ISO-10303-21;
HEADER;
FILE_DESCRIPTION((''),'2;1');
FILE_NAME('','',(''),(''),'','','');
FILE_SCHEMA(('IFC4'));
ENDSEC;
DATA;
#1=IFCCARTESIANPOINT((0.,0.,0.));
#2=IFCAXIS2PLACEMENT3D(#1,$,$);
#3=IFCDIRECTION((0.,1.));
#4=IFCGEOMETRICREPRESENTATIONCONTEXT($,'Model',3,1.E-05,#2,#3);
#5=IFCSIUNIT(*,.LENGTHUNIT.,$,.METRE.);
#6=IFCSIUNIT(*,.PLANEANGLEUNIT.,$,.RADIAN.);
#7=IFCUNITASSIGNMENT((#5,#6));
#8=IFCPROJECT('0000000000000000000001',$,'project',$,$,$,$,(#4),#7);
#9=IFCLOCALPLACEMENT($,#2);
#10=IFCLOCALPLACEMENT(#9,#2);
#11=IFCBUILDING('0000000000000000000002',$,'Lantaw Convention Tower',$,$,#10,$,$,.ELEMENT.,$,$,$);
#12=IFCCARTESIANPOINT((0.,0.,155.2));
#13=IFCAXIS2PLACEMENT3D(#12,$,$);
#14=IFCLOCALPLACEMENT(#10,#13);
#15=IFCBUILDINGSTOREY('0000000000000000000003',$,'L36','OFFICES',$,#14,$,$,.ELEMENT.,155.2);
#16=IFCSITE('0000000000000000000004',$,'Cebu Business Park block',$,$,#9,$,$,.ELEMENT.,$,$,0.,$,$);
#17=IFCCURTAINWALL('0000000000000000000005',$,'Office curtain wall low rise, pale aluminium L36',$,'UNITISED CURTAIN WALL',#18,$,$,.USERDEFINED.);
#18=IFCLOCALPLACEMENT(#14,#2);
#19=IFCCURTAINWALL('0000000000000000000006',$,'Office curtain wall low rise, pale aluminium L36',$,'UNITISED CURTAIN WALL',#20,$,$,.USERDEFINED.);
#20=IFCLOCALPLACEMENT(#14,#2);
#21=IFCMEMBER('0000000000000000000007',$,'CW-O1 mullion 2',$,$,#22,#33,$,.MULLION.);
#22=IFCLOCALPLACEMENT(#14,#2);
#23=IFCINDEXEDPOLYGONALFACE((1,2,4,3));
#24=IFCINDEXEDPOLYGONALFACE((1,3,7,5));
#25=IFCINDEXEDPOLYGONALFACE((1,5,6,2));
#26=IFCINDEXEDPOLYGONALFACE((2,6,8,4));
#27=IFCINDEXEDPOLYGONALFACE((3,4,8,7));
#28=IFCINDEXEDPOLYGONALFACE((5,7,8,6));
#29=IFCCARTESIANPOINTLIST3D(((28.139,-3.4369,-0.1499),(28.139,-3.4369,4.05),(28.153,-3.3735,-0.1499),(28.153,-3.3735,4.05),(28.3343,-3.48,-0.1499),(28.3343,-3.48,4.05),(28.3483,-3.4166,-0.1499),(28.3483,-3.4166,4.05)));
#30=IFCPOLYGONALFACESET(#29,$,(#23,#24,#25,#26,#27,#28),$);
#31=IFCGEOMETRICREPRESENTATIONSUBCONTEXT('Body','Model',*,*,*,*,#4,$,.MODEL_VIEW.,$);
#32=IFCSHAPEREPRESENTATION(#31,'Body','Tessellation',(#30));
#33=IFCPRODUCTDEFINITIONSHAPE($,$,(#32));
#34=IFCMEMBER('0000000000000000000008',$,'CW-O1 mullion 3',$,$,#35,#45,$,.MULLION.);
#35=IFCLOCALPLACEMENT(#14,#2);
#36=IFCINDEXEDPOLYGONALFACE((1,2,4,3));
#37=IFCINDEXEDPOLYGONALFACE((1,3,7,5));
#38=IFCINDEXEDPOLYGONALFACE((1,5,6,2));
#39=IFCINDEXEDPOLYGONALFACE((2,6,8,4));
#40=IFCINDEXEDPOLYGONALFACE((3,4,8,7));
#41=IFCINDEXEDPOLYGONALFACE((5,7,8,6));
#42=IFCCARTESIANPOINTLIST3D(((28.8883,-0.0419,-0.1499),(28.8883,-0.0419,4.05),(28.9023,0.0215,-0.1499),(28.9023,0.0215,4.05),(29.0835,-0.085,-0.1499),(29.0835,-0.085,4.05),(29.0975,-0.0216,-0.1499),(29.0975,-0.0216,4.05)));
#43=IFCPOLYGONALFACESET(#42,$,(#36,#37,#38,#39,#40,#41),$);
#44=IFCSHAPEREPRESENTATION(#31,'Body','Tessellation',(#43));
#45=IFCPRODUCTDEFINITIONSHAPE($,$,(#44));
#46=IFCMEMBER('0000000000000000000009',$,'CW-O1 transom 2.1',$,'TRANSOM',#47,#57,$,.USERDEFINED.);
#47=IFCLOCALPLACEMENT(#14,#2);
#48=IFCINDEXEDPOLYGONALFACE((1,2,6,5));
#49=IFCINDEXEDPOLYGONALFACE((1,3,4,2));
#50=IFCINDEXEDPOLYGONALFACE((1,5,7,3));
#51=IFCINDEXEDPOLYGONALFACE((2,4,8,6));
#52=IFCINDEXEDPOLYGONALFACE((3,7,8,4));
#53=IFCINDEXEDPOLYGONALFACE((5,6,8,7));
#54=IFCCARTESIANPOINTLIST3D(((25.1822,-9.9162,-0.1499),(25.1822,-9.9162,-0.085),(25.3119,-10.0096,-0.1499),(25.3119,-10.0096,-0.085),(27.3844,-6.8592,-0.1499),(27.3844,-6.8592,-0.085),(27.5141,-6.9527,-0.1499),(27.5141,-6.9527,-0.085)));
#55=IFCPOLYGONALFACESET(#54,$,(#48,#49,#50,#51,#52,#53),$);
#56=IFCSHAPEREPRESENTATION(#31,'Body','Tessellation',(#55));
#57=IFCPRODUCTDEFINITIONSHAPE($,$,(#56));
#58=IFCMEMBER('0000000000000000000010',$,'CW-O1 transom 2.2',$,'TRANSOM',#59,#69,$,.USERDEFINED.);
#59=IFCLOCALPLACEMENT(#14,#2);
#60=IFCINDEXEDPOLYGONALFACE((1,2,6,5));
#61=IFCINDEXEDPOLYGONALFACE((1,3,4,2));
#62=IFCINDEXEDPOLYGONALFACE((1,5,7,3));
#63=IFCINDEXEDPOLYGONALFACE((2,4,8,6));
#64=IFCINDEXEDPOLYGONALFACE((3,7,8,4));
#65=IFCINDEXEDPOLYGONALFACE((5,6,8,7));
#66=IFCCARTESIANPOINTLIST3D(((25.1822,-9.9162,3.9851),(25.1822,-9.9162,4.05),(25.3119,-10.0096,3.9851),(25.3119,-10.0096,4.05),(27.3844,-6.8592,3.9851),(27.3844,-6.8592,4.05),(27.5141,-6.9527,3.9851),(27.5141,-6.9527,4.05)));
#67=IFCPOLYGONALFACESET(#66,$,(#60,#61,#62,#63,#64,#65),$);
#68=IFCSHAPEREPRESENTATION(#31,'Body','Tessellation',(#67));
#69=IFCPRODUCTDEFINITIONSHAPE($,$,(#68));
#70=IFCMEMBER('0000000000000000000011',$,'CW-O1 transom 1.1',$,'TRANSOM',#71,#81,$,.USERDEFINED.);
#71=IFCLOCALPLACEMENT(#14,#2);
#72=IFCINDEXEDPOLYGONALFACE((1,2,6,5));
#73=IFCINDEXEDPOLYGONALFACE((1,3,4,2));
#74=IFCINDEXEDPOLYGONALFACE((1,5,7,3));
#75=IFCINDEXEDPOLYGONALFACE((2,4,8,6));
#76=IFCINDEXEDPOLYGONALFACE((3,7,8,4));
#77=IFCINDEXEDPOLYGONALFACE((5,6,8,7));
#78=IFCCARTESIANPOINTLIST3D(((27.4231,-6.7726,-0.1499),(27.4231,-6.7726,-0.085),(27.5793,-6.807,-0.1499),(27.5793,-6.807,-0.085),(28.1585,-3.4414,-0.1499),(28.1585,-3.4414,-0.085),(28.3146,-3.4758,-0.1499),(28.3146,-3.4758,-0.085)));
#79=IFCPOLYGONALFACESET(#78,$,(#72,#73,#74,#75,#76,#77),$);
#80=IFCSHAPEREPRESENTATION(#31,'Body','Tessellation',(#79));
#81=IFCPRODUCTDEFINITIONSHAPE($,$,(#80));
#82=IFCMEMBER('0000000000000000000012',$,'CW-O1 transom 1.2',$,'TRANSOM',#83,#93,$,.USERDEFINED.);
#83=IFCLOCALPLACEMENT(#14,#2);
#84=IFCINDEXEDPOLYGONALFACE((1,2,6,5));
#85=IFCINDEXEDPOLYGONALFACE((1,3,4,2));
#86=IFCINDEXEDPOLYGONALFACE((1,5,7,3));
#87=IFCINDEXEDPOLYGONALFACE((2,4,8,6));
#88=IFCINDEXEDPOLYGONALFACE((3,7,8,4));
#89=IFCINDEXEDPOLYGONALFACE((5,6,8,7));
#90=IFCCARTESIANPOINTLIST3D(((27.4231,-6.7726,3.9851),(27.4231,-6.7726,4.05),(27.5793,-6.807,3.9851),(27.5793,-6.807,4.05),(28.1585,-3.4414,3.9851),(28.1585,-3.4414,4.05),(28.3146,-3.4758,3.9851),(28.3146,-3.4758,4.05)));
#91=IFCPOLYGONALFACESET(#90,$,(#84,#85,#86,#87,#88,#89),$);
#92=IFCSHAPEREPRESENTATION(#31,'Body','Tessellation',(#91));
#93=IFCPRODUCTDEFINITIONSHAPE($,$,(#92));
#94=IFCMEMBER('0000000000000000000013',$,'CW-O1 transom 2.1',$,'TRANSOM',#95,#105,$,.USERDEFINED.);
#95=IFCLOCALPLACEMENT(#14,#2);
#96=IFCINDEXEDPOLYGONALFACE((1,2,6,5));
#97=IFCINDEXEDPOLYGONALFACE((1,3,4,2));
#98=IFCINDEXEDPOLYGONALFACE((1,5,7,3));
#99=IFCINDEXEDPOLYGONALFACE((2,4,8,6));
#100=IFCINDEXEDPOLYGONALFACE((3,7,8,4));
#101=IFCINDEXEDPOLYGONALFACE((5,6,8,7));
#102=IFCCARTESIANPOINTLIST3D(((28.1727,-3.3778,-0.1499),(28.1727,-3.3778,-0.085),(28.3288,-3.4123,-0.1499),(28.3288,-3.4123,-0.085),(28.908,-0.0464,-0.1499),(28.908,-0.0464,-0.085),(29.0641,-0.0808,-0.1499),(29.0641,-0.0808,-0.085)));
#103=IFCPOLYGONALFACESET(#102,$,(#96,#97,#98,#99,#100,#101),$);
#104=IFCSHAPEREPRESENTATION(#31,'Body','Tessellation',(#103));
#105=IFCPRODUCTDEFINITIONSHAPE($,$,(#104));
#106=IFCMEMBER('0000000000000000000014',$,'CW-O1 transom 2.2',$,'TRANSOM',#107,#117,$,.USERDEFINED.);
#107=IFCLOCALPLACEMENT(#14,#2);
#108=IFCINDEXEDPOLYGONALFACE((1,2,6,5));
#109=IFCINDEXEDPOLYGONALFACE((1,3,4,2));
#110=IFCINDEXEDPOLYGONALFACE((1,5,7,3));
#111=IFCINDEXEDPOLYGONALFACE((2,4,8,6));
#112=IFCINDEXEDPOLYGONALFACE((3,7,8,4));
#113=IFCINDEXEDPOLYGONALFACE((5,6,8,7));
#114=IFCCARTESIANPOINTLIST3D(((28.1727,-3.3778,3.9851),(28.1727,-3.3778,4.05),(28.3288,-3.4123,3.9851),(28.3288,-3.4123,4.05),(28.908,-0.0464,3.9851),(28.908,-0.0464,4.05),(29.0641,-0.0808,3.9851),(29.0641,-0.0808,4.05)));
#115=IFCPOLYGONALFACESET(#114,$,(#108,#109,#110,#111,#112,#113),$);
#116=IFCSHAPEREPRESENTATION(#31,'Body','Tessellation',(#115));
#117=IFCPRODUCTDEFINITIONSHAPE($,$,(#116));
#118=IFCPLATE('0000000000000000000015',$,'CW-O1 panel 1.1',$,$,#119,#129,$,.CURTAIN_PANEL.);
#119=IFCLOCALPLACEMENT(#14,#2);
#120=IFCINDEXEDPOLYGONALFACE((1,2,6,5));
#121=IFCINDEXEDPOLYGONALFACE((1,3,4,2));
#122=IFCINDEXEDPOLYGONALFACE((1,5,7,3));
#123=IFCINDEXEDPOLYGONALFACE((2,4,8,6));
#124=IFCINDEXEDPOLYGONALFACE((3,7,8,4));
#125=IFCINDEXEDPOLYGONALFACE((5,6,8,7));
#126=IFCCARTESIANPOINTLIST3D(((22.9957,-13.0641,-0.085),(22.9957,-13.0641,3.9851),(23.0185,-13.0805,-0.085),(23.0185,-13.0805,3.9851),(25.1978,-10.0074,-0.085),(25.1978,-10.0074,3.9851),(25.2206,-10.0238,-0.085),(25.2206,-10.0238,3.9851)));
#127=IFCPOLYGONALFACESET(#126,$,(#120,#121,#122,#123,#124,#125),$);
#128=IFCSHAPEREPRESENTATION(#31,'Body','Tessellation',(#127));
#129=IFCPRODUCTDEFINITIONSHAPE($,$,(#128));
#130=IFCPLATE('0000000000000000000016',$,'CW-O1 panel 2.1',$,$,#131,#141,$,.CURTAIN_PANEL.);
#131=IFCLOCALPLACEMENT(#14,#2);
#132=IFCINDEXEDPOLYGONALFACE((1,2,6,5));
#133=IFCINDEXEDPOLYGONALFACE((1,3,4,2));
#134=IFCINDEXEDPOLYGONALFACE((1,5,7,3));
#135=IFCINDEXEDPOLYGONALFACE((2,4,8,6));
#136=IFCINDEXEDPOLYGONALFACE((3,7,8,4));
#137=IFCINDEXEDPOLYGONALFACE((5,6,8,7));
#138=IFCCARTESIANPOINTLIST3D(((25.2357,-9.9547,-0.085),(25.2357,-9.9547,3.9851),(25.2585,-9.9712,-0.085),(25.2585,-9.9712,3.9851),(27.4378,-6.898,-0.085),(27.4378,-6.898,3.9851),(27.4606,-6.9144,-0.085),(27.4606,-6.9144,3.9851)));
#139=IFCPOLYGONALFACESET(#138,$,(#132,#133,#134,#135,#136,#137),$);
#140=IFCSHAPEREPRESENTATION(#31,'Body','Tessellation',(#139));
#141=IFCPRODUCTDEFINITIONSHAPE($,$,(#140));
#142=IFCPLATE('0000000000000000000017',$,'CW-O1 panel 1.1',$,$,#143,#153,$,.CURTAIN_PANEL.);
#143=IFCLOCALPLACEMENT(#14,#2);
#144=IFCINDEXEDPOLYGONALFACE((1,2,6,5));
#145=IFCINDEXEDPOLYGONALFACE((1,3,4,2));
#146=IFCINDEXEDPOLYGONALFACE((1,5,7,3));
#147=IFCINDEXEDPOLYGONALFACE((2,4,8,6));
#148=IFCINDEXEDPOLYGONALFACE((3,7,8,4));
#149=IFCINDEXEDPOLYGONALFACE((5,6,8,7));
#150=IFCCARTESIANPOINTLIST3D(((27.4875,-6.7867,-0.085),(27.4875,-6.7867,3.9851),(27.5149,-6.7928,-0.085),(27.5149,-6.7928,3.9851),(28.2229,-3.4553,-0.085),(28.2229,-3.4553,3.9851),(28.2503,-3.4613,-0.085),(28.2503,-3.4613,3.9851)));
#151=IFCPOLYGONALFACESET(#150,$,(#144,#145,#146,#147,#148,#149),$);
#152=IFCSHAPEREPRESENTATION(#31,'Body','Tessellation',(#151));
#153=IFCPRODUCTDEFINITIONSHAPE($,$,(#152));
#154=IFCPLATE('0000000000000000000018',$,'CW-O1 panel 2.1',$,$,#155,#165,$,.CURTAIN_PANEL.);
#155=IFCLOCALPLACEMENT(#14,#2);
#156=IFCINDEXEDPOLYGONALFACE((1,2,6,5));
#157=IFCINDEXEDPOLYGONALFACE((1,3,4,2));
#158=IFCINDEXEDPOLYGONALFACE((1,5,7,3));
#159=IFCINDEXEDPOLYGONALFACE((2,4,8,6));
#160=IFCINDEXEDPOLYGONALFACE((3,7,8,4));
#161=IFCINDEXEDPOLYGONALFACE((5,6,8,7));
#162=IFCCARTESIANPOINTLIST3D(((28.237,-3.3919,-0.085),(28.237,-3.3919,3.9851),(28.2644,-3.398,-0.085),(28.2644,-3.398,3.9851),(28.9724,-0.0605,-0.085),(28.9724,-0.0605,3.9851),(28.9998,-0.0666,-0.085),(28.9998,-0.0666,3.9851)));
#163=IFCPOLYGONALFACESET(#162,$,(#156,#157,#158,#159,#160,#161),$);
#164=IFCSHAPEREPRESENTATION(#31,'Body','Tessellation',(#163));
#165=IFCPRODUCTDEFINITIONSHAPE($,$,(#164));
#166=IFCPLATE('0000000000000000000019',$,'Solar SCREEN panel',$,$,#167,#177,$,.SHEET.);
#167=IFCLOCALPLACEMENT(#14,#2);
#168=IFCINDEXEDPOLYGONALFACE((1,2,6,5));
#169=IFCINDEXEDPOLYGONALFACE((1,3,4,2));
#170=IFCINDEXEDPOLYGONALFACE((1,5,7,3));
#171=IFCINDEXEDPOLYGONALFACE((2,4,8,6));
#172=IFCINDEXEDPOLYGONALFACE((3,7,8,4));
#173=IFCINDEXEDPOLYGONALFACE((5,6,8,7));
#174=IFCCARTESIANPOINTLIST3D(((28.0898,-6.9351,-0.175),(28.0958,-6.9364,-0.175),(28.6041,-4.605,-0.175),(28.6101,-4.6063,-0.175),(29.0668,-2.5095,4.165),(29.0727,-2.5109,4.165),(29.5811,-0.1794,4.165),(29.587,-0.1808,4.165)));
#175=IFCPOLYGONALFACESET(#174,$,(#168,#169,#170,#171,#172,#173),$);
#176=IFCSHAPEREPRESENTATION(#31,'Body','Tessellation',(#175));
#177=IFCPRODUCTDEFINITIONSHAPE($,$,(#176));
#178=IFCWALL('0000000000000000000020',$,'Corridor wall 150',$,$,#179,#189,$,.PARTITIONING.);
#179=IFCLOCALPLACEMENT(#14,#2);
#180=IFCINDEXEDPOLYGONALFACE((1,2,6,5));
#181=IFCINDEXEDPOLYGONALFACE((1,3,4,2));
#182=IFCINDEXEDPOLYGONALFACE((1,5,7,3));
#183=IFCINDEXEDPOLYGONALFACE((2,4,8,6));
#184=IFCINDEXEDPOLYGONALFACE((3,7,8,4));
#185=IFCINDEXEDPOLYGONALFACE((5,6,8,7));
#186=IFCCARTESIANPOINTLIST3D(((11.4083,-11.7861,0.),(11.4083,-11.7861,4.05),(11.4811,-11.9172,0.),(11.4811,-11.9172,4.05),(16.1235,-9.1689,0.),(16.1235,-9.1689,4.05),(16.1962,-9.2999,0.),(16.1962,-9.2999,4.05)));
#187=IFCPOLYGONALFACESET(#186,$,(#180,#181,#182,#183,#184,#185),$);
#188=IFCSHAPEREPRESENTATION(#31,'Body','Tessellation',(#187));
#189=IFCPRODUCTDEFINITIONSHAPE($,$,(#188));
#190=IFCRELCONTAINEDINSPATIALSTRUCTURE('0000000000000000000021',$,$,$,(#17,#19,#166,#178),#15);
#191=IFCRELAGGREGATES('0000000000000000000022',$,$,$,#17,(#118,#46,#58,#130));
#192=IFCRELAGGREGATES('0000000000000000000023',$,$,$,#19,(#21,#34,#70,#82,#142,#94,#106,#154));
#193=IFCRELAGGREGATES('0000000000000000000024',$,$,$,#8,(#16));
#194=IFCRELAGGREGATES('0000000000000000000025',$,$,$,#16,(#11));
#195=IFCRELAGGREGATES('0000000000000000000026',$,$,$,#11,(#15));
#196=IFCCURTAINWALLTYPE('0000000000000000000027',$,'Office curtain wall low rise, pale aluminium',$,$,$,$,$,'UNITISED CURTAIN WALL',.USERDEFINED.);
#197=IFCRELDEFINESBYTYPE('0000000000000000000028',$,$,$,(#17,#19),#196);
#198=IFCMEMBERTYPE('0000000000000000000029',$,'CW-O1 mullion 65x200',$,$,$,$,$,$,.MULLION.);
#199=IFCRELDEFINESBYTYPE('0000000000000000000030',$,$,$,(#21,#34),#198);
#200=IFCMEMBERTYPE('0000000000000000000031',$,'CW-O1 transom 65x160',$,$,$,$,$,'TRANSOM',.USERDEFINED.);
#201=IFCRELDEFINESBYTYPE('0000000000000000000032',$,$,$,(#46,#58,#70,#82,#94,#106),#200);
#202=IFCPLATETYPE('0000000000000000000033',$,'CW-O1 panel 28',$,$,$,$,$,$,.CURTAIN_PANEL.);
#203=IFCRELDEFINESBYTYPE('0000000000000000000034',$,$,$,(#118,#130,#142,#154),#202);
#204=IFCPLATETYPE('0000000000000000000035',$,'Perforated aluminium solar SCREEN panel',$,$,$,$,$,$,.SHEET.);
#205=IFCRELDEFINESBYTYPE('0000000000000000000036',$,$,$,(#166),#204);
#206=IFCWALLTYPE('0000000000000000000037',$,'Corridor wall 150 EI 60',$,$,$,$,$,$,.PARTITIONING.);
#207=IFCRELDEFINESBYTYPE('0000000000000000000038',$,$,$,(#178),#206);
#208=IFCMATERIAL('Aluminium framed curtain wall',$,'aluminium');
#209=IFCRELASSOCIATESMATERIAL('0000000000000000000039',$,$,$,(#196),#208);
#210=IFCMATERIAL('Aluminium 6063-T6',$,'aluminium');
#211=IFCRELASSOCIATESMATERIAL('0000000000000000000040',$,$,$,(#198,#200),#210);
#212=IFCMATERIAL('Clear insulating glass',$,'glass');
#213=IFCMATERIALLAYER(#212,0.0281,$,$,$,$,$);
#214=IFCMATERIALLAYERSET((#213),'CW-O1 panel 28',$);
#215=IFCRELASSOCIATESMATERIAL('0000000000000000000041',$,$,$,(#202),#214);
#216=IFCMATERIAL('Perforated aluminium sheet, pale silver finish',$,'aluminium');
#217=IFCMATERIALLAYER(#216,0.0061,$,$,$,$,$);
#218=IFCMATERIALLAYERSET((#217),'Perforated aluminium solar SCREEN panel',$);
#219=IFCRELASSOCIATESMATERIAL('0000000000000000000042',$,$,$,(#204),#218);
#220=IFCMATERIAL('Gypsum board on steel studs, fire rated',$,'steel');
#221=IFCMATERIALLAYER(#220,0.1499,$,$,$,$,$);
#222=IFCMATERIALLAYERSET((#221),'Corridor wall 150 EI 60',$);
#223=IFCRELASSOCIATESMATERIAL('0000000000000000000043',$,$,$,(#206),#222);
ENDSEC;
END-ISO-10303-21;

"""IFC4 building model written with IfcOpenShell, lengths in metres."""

from ifc_helpers import new_model, si_unit, direction, frame, frame_2d, origin, origin_2d, place, context, subcontext, project, spatial, polyline, rectangle, outline, extrude, material, layer, layer_set, material_profile, profile_set, type_object, element, aggregate, save


model = new_model("IFC4")

# Units and contexts
model_context = context("Model", 3, precision=1e-05, world=origin(), true_north=direction((0.0, 1.0)))
body_context = subcontext(model_context, "Body", "Model", "MODEL_VIEW")
ifc_project = project(units=[si_unit("LENGTHUNIT", "METRE"), si_unit("PLANEANGLEUNIT", "RADIAN")], contexts=[model_context])

# Site, building, storey
site_placement = place(None, origin())
site = spatial("IfcSite", under=ifc_project, at=site_placement, Name="Cebu Business Park block", CompositionType="ELEMENT", RefElevation=0.0)
building_placement = place(site_placement, origin())
building = spatial("IfcBuilding", under=site, at=building_placement, Name="Lantaw Convention Tower", CompositionType="ELEMENT")
storey_placement = place(building_placement, frame((0.0, 0.0, 155.2)))
storey = spatial("IfcBuildingStorey", under=building, at=storey_placement, Name="L36", Description="OFFICES", CompositionType="ELEMENT", Elevation=155.2)

# Curtain walls, members
ifc_material_1 = material(Name="Aluminium framed curtain wall", Category="aluminium")
curtain_wall_type = type_object("IfcCurtainWallType", Name="Office curtain wall low rise, pale aluminium", ElementType="UNITISED CURTAIN WALL", PredefinedType="USERDEFINED", material=ifc_material_1)
curtain_wall_1_placement = place(storey_placement, origin())
curtain_wall_1 = element("IfcCurtainWall", 1, at=curtain_wall_1_placement, inside=storey, type_object=curtain_wall_type, Name="Office curtain wall low rise, pale aluminium L36", ObjectType="UNITISED CURTAIN WALL", PredefinedType="USERDEFINED")
ifc_material_2 = material(Name="Aluminium 6063-T6", Category="aluminium")
ifc_material_profile_1 = material_profile(ifc_material_2, rectangle(XDim=0.2, YDim=0.0649, at=origin_2d()), Name="CW-O1 mullion 65x200")
ifc_profile_set_1 = profile_set([ifc_material_profile_1], Name="Aluminium 6063-T6")
member_type_1 = type_object("IfcMemberType", Name="CW-O1 mullion 65x200", PredefinedType="MULLION", material=ifc_profile_set_1)
curtain_wall_2_placement = place(storey_placement, origin())
curtain_wall_2 = element("IfcCurtainWall", 2, at=curtain_wall_2_placement, inside=storey, type_object=curtain_wall_type, Name="Office curtain wall low rise, pale aluminium L36", ObjectType="UNITISED CURTAIN WALL", PredefinedType="USERDEFINED")
member_1_placement = place(storey_placement, frame((28.2437, -3.4268, -0.1499), z_axis=(0.0, 0.0, 1.0), x_axis=(-0.976494, 0.215546, 0.0)))
member_1 = element("IfcMember", 3, at=member_1_placement, type_object=member_type_1, Name="CW-O1 mullion 2", PredefinedType="MULLION", context=body_context, shape_type="SweptSolid", body=[
    extrude(rectangle(XDim=0.2, YDim=0.0649, at=origin_2d()), origin(), (0.0, 0.0, 1.0), 4.2),
])
member_2_placement = place(storey_placement, frame((28.9929, -0.0317, -0.1499), z_axis=(0.0, 0.0, 1.0), x_axis=(-0.976494, 0.215546, 0.0)))
member_2 = element("IfcMember", 4, at=member_2_placement, type_object=member_type_1, Name="CW-O1 mullion 3", PredefinedType="MULLION", context=body_context, shape_type="SweptSolid", body=[
    extrude(rectangle(XDim=0.2, YDim=0.0649, at=origin_2d()), origin(), (0.0, 0.0, 1.0), 4.2),
])

# Members
ifc_material_profile_2 = material_profile(ifc_material_2, rectangle(XDim=0.1599, YDim=0.0649, at=origin_2d()), Name="CW-O1 transom 65x160")
ifc_profile_set_2 = profile_set([ifc_material_profile_2], Name="Aluminium 6063-T6")
member_type_2 = type_object("IfcMemberType", Name="CW-O1 transom 65x160", ElementType="TRANSOM", PredefinedType="USERDEFINED", material=ifc_profile_set_2)
member_3_placement = place(storey_placement, frame((25.2471, -9.9629, -0.1174), z_axis=(0.584513, 0.811384, 0.0), x_axis=(-0.811384, 0.584513, 0.0)))
member_3 = element("IfcMember", 5, at=member_3_placement, type_object=member_type_2, Name="CW-O1 transom 2.1", ObjectType="TRANSOM", PredefinedType="USERDEFINED", context=body_context, shape_type="SweptSolid", body=[
    extrude(rectangle(XDim=0.1599, YDim=0.0649, at=origin_2d()), origin(), (0.0, 0.0, 1.0), 3.7676),
])
member_4_placement = place(storey_placement, frame((25.2471, -9.9629, 4.0176), z_axis=(0.584513, 0.811384, 0.0), x_axis=(-0.811384, 0.584513, 0.0)))
member_4 = element("IfcMember", 6, at=member_4_placement, type_object=member_type_2, Name="CW-O1 transom 2.2", ObjectType="TRANSOM", PredefinedType="USERDEFINED", context=body_context, shape_type="SweptSolid", body=[
    extrude(rectangle(XDim=0.1599, YDim=0.0649, at=origin_2d()), origin(), (0.0, 0.0, 1.0), 3.7676),
])
member_5_placement = place(storey_placement, frame((27.5012, -6.7898, -0.1174), z_axis=(0.215551, 0.976493, 0.0), x_axis=(-0.976493, 0.215551, 0.0)))
member_5 = element("IfcMember", 7, at=member_5_placement, type_object=member_type_2, Name="CW-O1 transom 1.1", ObjectType="TRANSOM", PredefinedType="USERDEFINED", context=body_context, shape_type="SweptSolid", body=[
    extrude(rectangle(XDim=0.1599, YDim=0.0649, at=origin_2d()), origin(), (0.0, 0.0, 1.0), 3.4114),
])
member_6_placement = place(storey_placement, frame((27.5012, -6.7898, 4.0176), z_axis=(0.215551, 0.976493, 0.0), x_axis=(-0.976493, 0.215551, 0.0)))
member_6 = element("IfcMember", 8, at=member_6_placement, type_object=member_type_2, Name="CW-O1 transom 1.2", ObjectType="TRANSOM", PredefinedType="USERDEFINED", context=body_context, shape_type="SweptSolid", body=[
    extrude(rectangle(XDim=0.1599, YDim=0.0649, at=origin_2d()), origin(), (0.0, 0.0, 1.0), 3.4114),
])
member_7_placement = place(storey_placement, frame((28.2507, -3.395, -0.1174), z_axis=(0.215536, 0.976496, 0.0), x_axis=(-0.976496, 0.215536, 0.0)))
member_7 = element("IfcMember", 9, at=member_7_placement, type_object=member_type_2, Name="CW-O1 transom 2.1", ObjectType="TRANSOM", PredefinedType="USERDEFINED", context=body_context, shape_type="SweptSolid", body=[
    extrude(rectangle(XDim=0.1599, YDim=0.0649, at=origin_2d()), origin(), (0.0, 0.0, 1.0), 3.4116),
])
member_8_placement = place(storey_placement, frame((28.2507, -3.395, 4.0176), z_axis=(0.215536, 0.976496, 0.0), x_axis=(-0.976496, 0.215536, 0.0)))
member_8 = element("IfcMember", 10, at=member_8_placement, type_object=member_type_2, Name="CW-O1 transom 2.2", ObjectType="TRANSOM", PredefinedType="USERDEFINED", context=body_context, shape_type="SweptSolid", body=[
    extrude(rectangle(XDim=0.1599, YDim=0.0649, at=origin_2d()), origin(), (0.0, 0.0, 1.0), 3.4116),
])

# Plates
ifc_material_3 = material(Name="Clear insulating glass", Category="glass")
ifc_layer_1 = layer(ifc_material_3, 0.0281)
ifc_layer_set_1 = layer_set([ifc_layer_1], Name="CW-O1 panel 28")
plate_type_1 = type_object("IfcPlateType", Name="CW-O1 panel 28", PredefinedType="CURTAIN_PANEL", material=ifc_layer_set_1)
plate_1_placement = place(storey_placement, frame((24.1082, -11.5439, -0.085), z_axis=(0.0, 0.0, 1.0), x_axis=(0.584513, 0.811385, 0.0)))
plate_1 = element("IfcPlate", 11, at=plate_1_placement, type_object=plate_type_1, Name="CW-O1 panel 1.1", PredefinedType="CURTAIN_PANEL", context=body_context, shape_type="SweptSolid", body=[
    extrude(rectangle(XDim=3.7673, YDim=0.0281, at=origin_2d()), origin(), (0.0, 0.0, 1.0), 4.0701),
])
plate_2_placement = place(storey_placement, frame((26.3481, -8.4346, -0.085), z_axis=(0.0, 0.0, 1.0), x_axis=(0.584513, 0.811385, 0.0)))
plate_2 = element("IfcPlate", 12, at=plate_2_placement, type_object=plate_type_1, Name="CW-O1 panel 2.1", PredefinedType="CURTAIN_PANEL", context=body_context, shape_type="SweptSolid", body=[
    extrude(rectangle(XDim=3.7673, YDim=0.0281, at=origin_2d()), origin(), (0.0, 0.0, 1.0), 4.0701),
])
aggregate(curtain_wall_1, [plate_1, member_3, member_4, plate_2])
plate_3_placement = place(storey_placement, frame((27.8689, -5.124, -0.085), z_axis=(0.0, 0.0, 1.0), x_axis=(0.215546, 0.976494, 0.0)))
plate_3 = element("IfcPlate", 13, at=plate_3_placement, type_object=plate_type_1, Name="CW-O1 panel 1.1", PredefinedType="CURTAIN_PANEL", context=body_context, shape_type="SweptSolid", body=[
    extrude(rectangle(XDim=3.4116, YDim=0.0281, at=origin_2d()), origin(), (0.0, 0.0, 1.0), 4.0701),
])
plate_4_placement = place(storey_placement, frame((28.6184, -1.7292, -0.085), z_axis=(0.0, 0.0, 1.0), x_axis=(0.215546, 0.976494, 0.0)))
plate_4 = element("IfcPlate", 14, at=plate_4_placement, type_object=plate_type_1, Name="CW-O1 panel 2.1", PredefinedType="CURTAIN_PANEL", context=body_context, shape_type="SweptSolid", body=[
    extrude(rectangle(XDim=3.4116, YDim=0.0281, at=origin_2d()), origin(), (0.0, 0.0, 1.0), 4.0701),
])
aggregate(curtain_wall_2, [member_1, member_2, member_5, member_6, plate_3, member_7, member_8, plate_4])
ifc_material_4 = material(Name="Perforated aluminium sheet, pale silver finish", Category="aluminium")
ifc_layer_2 = layer(ifc_material_4, 0.0061)
ifc_layer_set_2 = layer_set([ifc_layer_2], Name="Perforated aluminium solar SCREEN panel")
plate_type_2 = type_object("IfcPlateType", Name="Perforated aluminium solar SCREEN panel", PredefinedType="SHEET", material=ifc_layer_set_2)
plate_5_placement = place(storey_placement, frame((28.0898, -6.9351, -0.175), z_axis=(-0.976498, 0.215527, 0.000033), x_axis=(0.215527, 0.976498, 0.0)))
element("IfcPlate", 15, at=plate_5_placement, inside=storey, type_object=plate_type_2, Name="Solar SCREEN panel", PredefinedType="SHEET", context=body_context, shape_type="SweptSolid", body=[
    extrude(outline(polyline([(0.0, 0.0), (2.3861, 0.0), (6.9182, -4.3401), (4.5321, -4.3401), (0.0, 0.0)])), origin(), (0.0, 0.0, -1.0), 0.0061),
])

# Wall
ifc_material_5 = material(Name="Gypsum board on steel studs, fire rated", Category="steel")
ifc_layer_3 = layer(ifc_material_5, 0.1499)
ifc_layer_set_3 = layer_set([ifc_layer_3], Name="Corridor wall 150 EI 60")
wall_type_1 = type_object("IfcWallType", Name="Corridor wall 150 EI 60", PredefinedType="PARTITIONING", material=ifc_layer_set_3)
wall_1_placement = place(storey_placement, frame((11.4448, -11.8516, 0.0), z_axis=(0.0, 0.0, 1.0), x_axis=(0.874339, 0.485316, 0.0)))
element("IfcWall", 16, at=wall_1_placement, inside=storey, type_object=wall_type_1, Name="Corridor wall 150", PredefinedType="PARTITIONING", context=body_context, shape_type="SweptSolid", body=[
    extrude(rectangle(XDim=5.3928, YDim=0.1499, at=frame_2d((2.6963, 0.0))), origin(), (0.0, 0.0, 1.0), 4.05),
])

save(model, "model.ifc")
